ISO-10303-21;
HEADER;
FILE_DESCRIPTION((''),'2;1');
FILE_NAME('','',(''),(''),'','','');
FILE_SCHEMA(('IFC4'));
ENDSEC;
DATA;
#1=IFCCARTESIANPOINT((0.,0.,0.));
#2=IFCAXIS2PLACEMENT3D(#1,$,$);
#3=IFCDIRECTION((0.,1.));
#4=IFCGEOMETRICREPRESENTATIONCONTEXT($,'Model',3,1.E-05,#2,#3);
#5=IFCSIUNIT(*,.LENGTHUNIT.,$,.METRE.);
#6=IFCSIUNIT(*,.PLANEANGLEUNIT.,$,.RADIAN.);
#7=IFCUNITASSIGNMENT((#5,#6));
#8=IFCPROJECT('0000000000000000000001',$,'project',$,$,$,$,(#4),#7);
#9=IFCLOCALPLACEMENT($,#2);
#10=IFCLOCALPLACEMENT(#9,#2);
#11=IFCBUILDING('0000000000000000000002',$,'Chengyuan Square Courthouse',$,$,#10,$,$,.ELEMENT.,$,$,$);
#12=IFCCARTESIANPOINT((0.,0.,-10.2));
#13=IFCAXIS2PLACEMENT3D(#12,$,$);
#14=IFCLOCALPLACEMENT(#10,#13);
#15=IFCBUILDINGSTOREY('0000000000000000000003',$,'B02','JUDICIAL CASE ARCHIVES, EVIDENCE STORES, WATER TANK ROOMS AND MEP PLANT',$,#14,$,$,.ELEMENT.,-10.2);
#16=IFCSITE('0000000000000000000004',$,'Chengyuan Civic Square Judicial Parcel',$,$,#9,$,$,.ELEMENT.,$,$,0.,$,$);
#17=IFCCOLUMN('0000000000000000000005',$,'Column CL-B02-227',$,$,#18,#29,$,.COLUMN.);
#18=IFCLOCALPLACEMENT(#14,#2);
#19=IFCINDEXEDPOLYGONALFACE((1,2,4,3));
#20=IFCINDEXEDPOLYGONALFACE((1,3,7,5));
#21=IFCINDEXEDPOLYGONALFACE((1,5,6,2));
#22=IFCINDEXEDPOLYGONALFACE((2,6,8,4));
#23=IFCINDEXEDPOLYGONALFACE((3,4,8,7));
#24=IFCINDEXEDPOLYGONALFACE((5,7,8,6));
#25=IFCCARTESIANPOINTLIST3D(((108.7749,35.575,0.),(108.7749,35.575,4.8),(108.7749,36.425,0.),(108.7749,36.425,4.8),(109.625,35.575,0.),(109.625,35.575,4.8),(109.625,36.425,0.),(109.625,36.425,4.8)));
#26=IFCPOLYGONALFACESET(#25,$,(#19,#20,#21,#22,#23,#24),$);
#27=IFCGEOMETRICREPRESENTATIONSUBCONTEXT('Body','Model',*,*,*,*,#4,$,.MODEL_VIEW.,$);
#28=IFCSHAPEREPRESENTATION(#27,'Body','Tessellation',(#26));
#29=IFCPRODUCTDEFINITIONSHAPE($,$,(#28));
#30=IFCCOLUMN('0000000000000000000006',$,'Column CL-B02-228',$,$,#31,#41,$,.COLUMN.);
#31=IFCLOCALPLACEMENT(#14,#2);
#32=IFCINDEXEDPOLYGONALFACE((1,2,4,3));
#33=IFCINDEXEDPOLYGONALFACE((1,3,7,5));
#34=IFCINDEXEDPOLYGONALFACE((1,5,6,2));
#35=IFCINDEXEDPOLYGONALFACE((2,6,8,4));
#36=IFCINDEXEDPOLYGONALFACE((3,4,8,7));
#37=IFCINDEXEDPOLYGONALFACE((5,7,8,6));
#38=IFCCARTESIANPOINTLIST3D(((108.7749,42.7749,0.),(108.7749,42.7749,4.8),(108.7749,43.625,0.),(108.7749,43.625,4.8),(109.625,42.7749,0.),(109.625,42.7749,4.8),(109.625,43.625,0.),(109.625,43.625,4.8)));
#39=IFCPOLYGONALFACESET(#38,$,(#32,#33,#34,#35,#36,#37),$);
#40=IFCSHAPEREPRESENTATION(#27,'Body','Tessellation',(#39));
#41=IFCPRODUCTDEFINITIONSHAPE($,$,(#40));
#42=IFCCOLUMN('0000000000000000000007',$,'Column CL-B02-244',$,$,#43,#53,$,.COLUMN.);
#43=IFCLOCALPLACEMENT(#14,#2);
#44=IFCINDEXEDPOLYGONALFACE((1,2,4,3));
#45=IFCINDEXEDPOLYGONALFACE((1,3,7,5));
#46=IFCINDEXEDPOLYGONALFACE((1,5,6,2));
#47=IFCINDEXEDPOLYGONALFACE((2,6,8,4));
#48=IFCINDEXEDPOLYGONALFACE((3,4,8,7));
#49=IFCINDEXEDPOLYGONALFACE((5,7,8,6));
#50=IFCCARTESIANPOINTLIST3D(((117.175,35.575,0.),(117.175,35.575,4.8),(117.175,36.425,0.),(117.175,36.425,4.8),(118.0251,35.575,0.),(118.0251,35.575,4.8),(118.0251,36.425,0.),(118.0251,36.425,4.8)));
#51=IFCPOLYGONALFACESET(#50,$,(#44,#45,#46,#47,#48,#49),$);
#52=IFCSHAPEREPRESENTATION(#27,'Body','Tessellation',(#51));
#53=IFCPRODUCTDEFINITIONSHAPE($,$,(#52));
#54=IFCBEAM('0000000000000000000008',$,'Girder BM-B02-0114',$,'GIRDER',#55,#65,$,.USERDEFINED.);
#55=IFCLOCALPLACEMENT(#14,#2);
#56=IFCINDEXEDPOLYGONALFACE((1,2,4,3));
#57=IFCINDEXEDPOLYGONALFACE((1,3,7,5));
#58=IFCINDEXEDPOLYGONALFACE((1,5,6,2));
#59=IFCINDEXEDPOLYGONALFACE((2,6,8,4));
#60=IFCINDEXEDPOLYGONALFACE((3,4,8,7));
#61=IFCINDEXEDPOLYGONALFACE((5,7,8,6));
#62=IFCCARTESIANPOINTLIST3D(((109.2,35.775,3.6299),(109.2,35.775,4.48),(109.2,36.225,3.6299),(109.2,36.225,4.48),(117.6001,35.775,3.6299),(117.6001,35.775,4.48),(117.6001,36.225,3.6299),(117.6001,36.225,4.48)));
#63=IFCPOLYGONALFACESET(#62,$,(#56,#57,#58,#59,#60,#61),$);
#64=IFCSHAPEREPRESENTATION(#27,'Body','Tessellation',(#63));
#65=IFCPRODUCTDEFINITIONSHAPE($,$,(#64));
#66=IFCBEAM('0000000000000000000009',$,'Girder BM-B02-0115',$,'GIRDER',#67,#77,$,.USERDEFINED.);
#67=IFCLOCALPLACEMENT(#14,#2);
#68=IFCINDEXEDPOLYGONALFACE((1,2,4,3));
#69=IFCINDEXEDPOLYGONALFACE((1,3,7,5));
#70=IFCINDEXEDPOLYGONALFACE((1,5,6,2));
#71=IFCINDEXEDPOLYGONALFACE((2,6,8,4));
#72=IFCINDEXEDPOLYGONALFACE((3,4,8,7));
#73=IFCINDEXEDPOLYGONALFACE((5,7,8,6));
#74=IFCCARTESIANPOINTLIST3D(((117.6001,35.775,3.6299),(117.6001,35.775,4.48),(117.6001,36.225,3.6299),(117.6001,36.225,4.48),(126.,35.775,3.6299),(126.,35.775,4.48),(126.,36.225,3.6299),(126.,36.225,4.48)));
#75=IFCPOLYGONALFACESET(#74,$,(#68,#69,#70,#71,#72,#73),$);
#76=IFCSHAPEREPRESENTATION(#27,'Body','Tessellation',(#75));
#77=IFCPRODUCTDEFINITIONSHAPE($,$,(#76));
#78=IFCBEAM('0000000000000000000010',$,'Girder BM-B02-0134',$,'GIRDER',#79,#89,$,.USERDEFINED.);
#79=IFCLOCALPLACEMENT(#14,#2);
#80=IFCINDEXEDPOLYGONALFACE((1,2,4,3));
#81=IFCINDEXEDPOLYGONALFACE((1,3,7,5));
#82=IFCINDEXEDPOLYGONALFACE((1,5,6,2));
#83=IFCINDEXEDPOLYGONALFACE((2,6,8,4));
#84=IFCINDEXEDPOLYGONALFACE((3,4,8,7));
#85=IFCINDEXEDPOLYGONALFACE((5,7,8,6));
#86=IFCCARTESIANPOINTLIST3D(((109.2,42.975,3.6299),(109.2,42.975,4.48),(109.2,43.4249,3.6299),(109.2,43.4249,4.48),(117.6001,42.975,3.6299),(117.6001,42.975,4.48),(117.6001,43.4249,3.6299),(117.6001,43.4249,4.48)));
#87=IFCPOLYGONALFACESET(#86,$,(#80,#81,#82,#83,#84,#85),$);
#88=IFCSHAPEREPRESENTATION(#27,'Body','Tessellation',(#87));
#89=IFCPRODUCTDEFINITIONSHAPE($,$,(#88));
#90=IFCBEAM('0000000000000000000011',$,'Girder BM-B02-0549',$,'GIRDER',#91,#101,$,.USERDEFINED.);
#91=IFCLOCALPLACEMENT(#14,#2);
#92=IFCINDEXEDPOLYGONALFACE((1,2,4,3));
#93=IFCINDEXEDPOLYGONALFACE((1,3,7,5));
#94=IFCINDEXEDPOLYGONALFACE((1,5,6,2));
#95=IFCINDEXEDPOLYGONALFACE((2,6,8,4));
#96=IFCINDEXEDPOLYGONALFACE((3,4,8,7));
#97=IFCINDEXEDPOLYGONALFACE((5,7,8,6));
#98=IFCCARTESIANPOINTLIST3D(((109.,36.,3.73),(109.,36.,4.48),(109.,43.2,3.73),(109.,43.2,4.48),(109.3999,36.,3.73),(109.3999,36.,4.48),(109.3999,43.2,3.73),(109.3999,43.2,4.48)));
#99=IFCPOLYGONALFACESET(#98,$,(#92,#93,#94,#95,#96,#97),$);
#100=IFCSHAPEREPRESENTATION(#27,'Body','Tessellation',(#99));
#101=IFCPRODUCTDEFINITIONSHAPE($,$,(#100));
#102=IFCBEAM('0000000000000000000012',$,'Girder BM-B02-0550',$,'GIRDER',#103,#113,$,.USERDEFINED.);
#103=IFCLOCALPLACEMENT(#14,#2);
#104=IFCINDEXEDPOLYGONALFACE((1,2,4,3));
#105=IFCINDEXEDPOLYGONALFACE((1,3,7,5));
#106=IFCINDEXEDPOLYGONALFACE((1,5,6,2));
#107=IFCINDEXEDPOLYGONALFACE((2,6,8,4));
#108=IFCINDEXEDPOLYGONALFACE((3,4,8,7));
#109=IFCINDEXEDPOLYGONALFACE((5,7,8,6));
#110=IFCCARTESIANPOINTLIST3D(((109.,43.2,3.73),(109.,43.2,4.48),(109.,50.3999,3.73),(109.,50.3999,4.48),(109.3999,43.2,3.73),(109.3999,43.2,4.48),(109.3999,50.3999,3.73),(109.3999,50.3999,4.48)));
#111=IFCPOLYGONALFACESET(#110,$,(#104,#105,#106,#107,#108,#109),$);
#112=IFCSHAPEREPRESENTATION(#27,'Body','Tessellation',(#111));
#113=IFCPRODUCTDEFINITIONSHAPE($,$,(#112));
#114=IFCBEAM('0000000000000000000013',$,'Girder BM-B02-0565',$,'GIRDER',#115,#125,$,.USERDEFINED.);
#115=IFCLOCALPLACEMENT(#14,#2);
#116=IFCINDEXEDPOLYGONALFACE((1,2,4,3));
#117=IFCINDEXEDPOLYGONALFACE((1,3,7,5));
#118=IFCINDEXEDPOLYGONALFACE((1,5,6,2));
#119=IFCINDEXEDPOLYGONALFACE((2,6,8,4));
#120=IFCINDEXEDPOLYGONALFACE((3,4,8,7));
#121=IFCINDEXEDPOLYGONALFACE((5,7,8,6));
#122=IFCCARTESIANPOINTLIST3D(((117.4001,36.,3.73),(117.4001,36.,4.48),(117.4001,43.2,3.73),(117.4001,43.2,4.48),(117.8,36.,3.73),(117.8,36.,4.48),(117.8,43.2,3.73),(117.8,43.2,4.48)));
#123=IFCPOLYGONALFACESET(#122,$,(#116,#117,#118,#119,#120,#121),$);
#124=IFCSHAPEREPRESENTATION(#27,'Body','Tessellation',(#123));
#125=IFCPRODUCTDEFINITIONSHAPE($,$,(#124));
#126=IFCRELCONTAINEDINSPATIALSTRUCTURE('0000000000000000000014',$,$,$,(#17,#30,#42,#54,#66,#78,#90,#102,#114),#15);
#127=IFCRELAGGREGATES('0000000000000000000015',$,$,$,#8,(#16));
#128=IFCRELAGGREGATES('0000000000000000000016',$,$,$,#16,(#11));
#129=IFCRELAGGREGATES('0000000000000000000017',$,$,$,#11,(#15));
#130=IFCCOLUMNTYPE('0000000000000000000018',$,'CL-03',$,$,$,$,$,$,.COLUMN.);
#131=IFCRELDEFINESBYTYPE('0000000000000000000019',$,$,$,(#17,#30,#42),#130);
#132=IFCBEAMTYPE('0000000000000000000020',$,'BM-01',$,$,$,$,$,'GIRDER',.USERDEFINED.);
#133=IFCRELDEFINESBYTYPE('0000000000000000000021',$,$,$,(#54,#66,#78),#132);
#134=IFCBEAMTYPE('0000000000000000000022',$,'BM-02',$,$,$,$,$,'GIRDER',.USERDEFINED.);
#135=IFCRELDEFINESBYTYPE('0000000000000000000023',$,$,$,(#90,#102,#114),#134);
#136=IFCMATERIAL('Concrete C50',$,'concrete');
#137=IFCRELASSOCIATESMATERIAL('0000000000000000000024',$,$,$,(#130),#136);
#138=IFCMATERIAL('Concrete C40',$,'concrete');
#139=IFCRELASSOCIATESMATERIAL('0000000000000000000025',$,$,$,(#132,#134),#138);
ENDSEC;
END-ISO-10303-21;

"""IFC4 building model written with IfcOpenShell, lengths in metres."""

from ifc_helpers import new_model, si_unit, direction, frame, origin, origin_2d, place, context, subcontext, project, spatial, rectangle, extrude, material, material_profile, profile_set, type_object, element, save


model = new_model("IFC4")

# Units and contexts
model_context = context("Model", 3, precision=1e-05, world=origin(), true_north=direction((0.0, 1.0)))
body_context = subcontext(model_context, "Body", "Model", "MODEL_VIEW")
ifc_project = project(units=[si_unit("LENGTHUNIT", "METRE"), si_unit("PLANEANGLEUNIT", "RADIAN")], contexts=[model_context])

# Site, building, storey
site_placement = place(None, origin())
site = spatial("IfcSite", under=ifc_project, at=site_placement, Name="Chengyuan Civic Square Judicial Parcel", CompositionType="ELEMENT", RefElevation=0.0)
building_placement = place(site_placement, origin())
building = spatial("IfcBuilding", under=site, at=building_placement, Name="Chengyuan Square Courthouse", CompositionType="ELEMENT")
storey_placement = place(building_placement, frame((0.0, 0.0, -10.2)))
storey = spatial("IfcBuildingStorey", under=building, at=storey_placement, Name="B02", Description="JUDICIAL CASE ARCHIVES, EVIDENCE STORES, WATER TANK ROOMS AND MEP PLANT", CompositionType="ELEMENT", Elevation=-10.2)

# Shared definitions
ifc_material_1 = material(Name="Concrete C40", Category="concrete")

# Columns
ifc_material_2 = material(Name="Concrete C50", Category="concrete")
ifc_material_profile_1 = material_profile(ifc_material_2, rectangle(XDim=0.8501, YDim=0.8501, at=origin_2d()), Name="RC-COL-850x850")
ifc_profile_set_1 = profile_set([ifc_material_profile_1], Name="Concrete C50")
column_type = type_object("IfcColumnType", Name="CL-03", PredefinedType="COLUMN", material=ifc_profile_set_1)
for number, where, z_axis, x_axis, name in (
    (1, (109.2, 36.0, 0.0), (0.0, 0.0, 1.0), (1.0, 0.0, 0.0), "Column CL-B02-227"),
    (2, (109.2, 43.2, 0.0), (0.0, 0.0, 1.0), (1.0, 0.0, 0.0), "Column CL-B02-228"),
    (3, (117.6001, 36.0, 0.0), (0.0, 0.0, 1.0), (1.0, 0.0, 0.0), "Column CL-B02-244"),
):
    element("IfcColumn", number, at=place(storey_placement, frame(where, z_axis=z_axis, x_axis=x_axis)), inside=storey, type_object=column_type, Name=name, PredefinedType="COLUMN", context=body_context, shape_type="SweptSolid", body=[
        extrude(rectangle(XDim=0.8501, YDim=0.8501, at=origin_2d()), origin(), (0.0, 0.0, 1.0), 4.8),
    ])

# Beams
ifc_material_profile_2 = material_profile(ifc_material_1, rectangle(XDim=0.45, YDim=0.8501, at=origin_2d()), Name="RC-BM-450x850")
ifc_profile_set_2 = profile_set([ifc_material_profile_2], Name="Concrete C40")
beam_type_1 = type_object("IfcBeamType", Name="BM-01", ElementType="GIRDER", PredefinedType="USERDEFINED", material=ifc_profile_set_2)
beam_1_placement = place(storey_placement, frame((109.2, 36.0, 4.0549), z_axis=(1.0, 0.0, 0.0), x_axis=(0.0, 1.0, 0.0)))
element("IfcBeam", 4, at=beam_1_placement, inside=storey, type_object=beam_type_1, Name="Girder BM-B02-0114", ObjectType="GIRDER", PredefinedType="USERDEFINED", context=body_context, shape_type="SweptSolid", body=[
    extrude(rectangle(XDim=0.45, YDim=0.8501, at=origin_2d()), origin(), (0.0, 0.0, 1.0), 8.4001),
])
beam_2_placement = place(storey_placement, frame((117.6001, 36.0, 4.0549), z_axis=(1.0, 0.0, 0.0), x_axis=(0.0, 1.0, 0.0)))
element("IfcBeam", 5, at=beam_2_placement, inside=storey, type_object=beam_type_1, Name="Girder BM-B02-0115", ObjectType="GIRDER", PredefinedType="USERDEFINED", context=body_context, shape_type="SweptSolid", body=[
    extrude(rectangle(XDim=0.45, YDim=0.8501, at=origin_2d()), origin(), (0.0, 0.0, 1.0), 8.3999),
])
beam_3_placement = place(storey_placement, frame((109.2, 43.2, 4.0549), z_axis=(1.0, 0.0, 0.0), x_axis=(0.0, 1.0, 0.0)))
element("IfcBeam", 6, at=beam_3_placement, inside=storey, type_object=beam_type_1, Name="Girder BM-B02-0134", ObjectType="GIRDER", PredefinedType="USERDEFINED", context=body_context, shape_type="SweptSolid", body=[
    extrude(rectangle(XDim=0.45, YDim=0.8501, at=origin_2d()), origin(), (0.0, 0.0, 1.0), 8.4001),
])
ifc_material_profile_3 = material_profile(ifc_material_1, rectangle(XDim=0.3999, YDim=0.75, at=origin_2d()), Name="RC-BM-400x750")
ifc_profile_set_3 = profile_set([ifc_material_profile_3], Name="Concrete C40")
beam_type_2 = type_object("IfcBeamType", Name="BM-02", ElementType="GIRDER", PredefinedType="USERDEFINED", material=ifc_profile_set_3)
for number, where, z_axis, x_axis, name in (
    (7, (109.2, 36.0, 4.105), (0.0, 1.0, 0.0), (-1.0, 0.0, 0.0), "Girder BM-B02-0549"),
    (8, (109.2, 43.2, 4.105), (0.0, 1.0, 0.0), (-1.0, 0.0, 0.0), "Girder BM-B02-0550"),
    (9, (117.6001, 36.0, 4.105), (0.0, 1.0, 0.0), (-1.0, 0.0, 0.0), "Girder BM-B02-0565"),
):
    element("IfcBeam", number, at=place(storey_placement, frame(where, z_axis=z_axis, x_axis=x_axis)), inside=storey, type_object=beam_type_2, Name=name, ObjectType="GIRDER", PredefinedType="USERDEFINED", context=body_context, shape_type="SweptSolid", body=[
        extrude(rectangle(XDim=0.3999, YDim=0.75, at=origin_2d()), origin(), (0.0, 0.0, 1.0), 7.2),
    ])

save(model, "model.ifc")
